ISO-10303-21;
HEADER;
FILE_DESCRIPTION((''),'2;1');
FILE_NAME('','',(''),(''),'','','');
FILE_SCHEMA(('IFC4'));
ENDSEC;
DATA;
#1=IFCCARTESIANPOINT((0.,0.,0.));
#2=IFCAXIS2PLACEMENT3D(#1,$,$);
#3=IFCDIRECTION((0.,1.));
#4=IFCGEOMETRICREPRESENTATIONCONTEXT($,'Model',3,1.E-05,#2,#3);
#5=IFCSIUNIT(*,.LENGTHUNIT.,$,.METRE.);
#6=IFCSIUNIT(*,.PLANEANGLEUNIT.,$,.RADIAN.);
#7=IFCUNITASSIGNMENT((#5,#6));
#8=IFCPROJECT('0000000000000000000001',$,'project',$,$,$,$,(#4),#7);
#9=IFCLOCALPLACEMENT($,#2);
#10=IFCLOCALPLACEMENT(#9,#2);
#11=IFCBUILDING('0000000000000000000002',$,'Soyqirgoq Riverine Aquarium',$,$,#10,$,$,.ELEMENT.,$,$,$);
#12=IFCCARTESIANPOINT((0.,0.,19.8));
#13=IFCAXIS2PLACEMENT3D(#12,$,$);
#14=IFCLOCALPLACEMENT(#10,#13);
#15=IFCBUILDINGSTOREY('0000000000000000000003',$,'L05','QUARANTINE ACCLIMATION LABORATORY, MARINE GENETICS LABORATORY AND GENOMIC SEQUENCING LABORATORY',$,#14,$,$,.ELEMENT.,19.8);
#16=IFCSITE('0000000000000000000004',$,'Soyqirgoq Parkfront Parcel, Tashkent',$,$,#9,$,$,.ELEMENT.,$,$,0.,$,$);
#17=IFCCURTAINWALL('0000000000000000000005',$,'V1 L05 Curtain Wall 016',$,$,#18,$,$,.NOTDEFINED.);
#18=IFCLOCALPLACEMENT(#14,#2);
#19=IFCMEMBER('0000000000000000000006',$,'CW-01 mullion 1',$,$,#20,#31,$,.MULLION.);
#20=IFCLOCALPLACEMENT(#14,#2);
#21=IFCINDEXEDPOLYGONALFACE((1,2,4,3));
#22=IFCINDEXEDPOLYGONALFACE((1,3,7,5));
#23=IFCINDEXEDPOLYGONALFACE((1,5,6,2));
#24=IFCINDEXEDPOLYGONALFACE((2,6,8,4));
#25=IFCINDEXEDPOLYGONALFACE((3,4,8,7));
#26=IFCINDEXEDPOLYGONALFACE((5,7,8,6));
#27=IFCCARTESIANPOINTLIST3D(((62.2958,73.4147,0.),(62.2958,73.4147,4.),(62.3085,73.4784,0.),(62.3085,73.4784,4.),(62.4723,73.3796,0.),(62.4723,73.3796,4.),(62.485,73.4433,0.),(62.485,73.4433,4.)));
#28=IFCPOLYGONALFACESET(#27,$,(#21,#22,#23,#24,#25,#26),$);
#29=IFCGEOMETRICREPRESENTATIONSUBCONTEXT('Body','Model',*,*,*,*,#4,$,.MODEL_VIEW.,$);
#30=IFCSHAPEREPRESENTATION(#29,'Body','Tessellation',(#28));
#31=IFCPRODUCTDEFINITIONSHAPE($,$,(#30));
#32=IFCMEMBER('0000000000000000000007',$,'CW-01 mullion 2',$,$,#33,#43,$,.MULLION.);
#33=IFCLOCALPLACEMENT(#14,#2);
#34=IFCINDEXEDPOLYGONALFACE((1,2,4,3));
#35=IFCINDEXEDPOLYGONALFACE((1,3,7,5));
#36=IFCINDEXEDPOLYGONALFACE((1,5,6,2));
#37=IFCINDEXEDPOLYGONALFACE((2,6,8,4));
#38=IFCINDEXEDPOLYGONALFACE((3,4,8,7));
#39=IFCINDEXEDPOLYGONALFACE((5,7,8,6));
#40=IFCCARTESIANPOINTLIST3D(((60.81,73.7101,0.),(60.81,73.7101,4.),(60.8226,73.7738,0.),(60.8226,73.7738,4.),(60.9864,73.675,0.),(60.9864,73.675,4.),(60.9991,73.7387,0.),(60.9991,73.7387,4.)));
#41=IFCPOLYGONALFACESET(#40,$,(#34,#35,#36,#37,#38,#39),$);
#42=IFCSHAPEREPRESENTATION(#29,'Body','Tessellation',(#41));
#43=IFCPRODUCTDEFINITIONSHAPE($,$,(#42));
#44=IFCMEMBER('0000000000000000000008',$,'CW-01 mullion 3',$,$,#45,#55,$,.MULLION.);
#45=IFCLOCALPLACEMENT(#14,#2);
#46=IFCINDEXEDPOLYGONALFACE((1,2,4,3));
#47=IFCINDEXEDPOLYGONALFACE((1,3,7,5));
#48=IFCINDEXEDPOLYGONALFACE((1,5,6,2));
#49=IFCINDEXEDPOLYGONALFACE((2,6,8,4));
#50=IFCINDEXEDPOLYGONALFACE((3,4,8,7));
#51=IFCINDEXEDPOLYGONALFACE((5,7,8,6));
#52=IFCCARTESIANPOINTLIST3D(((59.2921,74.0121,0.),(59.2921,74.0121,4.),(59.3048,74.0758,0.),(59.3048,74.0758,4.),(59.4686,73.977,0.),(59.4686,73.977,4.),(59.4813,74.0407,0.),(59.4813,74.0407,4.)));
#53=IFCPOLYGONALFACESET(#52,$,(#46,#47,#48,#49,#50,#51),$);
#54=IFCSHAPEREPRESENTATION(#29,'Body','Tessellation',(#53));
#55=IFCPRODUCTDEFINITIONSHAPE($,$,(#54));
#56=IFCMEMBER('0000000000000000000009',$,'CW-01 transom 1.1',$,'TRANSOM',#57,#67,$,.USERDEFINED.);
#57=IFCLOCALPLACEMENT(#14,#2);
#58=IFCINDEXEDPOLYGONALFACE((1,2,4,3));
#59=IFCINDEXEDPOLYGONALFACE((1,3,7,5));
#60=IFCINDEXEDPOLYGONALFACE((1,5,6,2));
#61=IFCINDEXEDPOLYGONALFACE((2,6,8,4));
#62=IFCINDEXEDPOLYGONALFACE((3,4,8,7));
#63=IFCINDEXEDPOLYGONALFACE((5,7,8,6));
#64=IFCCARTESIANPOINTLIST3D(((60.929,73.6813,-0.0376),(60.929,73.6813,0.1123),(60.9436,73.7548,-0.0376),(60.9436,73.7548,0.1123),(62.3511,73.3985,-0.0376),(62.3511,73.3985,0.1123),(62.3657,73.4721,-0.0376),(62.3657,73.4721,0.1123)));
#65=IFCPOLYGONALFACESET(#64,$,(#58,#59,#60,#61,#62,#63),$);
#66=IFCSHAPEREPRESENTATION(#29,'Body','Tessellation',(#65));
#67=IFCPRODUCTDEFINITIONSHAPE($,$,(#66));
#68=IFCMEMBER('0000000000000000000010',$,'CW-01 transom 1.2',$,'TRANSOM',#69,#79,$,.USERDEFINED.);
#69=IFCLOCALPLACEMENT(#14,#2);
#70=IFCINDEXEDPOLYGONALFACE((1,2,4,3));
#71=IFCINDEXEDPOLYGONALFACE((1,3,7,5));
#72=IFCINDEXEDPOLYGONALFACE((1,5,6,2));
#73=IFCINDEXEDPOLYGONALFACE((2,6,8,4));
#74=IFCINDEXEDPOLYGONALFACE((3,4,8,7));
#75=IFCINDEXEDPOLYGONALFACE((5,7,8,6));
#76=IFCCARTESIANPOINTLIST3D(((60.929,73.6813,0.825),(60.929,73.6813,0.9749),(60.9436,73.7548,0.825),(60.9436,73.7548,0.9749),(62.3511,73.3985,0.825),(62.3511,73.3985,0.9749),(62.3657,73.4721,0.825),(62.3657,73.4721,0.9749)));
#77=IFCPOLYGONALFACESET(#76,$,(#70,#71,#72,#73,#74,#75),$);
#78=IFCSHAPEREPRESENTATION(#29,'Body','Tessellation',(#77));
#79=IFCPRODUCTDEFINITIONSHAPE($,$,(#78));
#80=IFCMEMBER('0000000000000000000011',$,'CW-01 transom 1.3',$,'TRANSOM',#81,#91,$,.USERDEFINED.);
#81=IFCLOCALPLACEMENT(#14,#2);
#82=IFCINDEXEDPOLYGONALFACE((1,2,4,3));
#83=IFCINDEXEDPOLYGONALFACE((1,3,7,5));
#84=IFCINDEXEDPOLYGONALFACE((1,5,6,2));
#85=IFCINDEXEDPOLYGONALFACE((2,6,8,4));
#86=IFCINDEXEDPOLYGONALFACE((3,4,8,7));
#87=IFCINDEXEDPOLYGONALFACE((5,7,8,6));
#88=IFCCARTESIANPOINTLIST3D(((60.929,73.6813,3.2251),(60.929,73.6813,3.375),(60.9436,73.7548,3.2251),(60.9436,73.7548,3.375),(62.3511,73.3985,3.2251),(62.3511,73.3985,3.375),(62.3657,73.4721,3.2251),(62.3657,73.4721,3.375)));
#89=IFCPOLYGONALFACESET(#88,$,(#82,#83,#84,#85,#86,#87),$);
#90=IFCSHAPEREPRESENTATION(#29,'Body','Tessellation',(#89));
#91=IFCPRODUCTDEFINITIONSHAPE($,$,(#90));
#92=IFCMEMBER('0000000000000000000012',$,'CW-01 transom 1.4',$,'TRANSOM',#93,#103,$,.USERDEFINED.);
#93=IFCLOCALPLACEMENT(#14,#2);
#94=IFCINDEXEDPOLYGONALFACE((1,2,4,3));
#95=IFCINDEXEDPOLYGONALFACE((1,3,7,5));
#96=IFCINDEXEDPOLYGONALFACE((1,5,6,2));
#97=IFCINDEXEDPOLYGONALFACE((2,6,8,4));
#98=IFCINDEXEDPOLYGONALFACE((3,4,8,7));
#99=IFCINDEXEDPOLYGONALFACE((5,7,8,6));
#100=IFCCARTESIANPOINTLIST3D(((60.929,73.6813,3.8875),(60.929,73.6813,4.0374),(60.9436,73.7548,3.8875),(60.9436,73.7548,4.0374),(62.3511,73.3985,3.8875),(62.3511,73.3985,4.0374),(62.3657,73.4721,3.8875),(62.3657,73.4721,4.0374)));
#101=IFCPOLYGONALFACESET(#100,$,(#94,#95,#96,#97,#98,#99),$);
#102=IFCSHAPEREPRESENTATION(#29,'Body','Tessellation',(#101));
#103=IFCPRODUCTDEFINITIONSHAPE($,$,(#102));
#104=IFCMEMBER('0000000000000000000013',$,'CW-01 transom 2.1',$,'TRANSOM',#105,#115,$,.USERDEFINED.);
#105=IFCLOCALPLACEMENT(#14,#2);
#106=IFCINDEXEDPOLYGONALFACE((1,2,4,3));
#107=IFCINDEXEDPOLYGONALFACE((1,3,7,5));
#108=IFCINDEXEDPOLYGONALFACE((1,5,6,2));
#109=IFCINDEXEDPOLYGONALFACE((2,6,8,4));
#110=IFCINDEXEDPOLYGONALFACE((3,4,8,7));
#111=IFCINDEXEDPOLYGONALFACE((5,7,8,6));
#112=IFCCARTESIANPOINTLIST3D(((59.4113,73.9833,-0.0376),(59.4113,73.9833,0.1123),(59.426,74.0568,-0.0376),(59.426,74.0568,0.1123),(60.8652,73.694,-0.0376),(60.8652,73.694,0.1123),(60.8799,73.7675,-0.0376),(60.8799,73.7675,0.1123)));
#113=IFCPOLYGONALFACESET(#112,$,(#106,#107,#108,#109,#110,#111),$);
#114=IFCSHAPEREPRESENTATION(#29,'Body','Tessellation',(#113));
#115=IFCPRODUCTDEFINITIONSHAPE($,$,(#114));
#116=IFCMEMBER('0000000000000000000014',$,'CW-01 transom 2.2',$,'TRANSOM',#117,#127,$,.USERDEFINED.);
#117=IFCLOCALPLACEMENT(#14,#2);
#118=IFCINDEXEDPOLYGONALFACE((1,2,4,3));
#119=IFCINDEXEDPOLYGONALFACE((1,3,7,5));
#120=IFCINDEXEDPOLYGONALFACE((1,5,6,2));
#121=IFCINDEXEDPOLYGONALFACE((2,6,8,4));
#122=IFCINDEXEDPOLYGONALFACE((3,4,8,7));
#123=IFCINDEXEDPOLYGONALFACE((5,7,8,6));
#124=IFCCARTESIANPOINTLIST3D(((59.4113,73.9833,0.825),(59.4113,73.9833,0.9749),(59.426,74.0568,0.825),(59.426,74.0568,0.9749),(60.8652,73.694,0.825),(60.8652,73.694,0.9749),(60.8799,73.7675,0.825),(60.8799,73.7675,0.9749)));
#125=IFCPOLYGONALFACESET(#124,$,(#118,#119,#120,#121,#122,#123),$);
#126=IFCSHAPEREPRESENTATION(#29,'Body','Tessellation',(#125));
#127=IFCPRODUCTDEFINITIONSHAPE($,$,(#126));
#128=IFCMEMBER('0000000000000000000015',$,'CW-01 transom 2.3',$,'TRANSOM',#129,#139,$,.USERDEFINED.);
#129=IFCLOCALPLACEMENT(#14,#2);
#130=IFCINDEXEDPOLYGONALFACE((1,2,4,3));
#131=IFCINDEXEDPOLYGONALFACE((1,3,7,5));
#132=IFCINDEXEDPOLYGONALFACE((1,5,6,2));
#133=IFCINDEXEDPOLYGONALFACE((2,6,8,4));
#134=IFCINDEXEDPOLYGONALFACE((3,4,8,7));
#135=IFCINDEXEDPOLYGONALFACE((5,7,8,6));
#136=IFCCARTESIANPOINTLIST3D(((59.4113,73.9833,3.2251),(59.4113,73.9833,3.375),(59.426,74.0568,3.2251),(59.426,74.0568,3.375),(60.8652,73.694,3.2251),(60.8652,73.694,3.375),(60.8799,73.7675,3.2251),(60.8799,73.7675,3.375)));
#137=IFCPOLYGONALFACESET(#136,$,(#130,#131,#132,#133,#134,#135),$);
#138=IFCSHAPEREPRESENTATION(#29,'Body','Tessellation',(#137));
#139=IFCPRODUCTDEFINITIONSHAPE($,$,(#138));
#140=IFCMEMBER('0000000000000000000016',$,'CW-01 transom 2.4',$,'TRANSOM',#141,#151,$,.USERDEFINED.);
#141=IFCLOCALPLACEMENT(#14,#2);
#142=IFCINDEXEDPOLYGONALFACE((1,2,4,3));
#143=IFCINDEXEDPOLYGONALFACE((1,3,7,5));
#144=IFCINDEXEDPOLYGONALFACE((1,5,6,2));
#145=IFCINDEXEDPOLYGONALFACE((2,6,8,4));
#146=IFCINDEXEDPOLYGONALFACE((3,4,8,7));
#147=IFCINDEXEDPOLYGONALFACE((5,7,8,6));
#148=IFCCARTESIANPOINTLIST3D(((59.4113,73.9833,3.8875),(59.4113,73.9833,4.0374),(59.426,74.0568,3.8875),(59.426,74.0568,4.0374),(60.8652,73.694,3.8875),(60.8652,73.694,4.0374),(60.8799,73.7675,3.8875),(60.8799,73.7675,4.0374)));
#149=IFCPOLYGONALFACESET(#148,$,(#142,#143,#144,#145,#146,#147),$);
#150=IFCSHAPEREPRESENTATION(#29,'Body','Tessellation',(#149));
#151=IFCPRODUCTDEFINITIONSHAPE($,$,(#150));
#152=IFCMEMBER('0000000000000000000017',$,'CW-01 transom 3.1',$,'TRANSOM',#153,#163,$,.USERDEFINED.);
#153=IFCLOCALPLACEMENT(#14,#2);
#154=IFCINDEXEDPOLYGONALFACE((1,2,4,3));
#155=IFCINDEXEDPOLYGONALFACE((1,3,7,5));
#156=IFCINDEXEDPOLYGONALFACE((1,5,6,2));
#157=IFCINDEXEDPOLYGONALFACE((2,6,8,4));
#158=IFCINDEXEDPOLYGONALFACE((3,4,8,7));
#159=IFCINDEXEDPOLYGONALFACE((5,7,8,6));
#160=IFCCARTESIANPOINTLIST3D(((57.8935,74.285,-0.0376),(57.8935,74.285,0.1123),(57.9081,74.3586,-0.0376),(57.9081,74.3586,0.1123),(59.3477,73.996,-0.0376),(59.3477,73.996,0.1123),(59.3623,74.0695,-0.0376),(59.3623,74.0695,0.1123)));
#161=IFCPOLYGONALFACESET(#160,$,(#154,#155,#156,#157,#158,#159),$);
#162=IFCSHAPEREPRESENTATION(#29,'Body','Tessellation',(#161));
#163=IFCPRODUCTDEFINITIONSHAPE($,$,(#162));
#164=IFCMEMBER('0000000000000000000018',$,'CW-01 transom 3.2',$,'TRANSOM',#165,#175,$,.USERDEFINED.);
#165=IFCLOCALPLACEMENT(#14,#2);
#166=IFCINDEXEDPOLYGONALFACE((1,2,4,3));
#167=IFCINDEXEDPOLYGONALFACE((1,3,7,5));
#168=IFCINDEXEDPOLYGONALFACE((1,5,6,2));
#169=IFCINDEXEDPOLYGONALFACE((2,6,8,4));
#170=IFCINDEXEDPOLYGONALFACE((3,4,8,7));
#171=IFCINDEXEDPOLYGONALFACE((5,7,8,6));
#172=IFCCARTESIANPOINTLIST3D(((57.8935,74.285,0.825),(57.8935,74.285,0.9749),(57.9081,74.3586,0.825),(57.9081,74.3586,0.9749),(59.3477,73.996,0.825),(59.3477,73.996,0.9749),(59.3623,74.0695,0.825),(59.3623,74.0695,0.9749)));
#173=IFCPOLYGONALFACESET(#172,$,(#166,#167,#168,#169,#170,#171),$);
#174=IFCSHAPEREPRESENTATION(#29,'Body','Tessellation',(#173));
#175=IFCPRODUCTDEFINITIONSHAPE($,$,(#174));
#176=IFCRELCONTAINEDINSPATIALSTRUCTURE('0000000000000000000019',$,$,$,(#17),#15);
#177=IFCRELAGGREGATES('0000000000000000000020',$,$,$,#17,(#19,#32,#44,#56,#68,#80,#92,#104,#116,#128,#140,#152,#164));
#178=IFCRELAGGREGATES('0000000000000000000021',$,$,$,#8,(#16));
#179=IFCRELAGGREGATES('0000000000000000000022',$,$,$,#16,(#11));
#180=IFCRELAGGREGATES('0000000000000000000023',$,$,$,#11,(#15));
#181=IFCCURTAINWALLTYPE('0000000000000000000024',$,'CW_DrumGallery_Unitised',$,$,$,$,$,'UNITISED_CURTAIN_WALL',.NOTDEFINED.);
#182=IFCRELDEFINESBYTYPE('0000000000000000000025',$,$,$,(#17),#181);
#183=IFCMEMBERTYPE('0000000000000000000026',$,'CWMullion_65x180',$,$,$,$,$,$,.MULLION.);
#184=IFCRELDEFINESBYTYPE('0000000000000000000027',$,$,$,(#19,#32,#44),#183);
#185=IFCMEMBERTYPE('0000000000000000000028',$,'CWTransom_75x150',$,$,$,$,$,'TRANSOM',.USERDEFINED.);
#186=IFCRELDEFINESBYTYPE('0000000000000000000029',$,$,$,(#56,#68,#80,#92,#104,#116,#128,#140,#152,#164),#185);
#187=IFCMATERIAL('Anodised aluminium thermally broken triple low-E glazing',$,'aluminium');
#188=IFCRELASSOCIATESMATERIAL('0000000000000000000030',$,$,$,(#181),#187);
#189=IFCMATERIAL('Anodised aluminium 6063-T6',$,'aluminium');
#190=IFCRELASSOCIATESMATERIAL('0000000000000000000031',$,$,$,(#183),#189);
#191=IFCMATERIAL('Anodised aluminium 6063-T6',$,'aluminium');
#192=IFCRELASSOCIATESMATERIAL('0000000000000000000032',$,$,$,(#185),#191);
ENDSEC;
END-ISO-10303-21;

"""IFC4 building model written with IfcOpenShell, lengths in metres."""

from ifc_helpers import new_model, si_unit, direction, frame, origin, origin_2d, place, context, subcontext, project, spatial, rectangle, extrude, material, material_profile, profile_set, type_object, element, aggregate, save


model = new_model("IFC4")

# Units and contexts
model_context = context("Model", 3, precision=1e-05, world=origin(), true_north=direction((0.0, 1.0)))
body_context = subcontext(model_context, "Body", "Model", "MODEL_VIEW")
ifc_project = project(units=[si_unit("LENGTHUNIT", "METRE"), si_unit("PLANEANGLEUNIT", "RADIAN")], contexts=[model_context])

# Site, building, storey
site_placement = place(None, origin())
site = spatial("IfcSite", under=ifc_project, at=site_placement, Name="Soyqirgoq Parkfront Parcel, Tashkent", CompositionType="ELEMENT", RefElevation=0.0)
building_placement = place(site_placement, origin())
building = spatial("IfcBuilding", under=site, at=building_placement, Name="Soyqirgoq Riverine Aquarium", CompositionType="ELEMENT")
storey_placement = place(building_placement, frame((0.0, 0.0, 19.8)))
storey = spatial("IfcBuildingStorey", under=building, at=storey_placement, Name="L05", Description="QUARANTINE ACCLIMATION LABORATORY, MARINE GENETICS LABORATORY AND GENOMIC SEQUENCING LABORATORY", CompositionType="ELEMENT", Elevation=19.8)

# Curtain wall, members
ifc_material_1 = material(Name="Anodised aluminium thermally broken triple low-E glazing", Category="aluminium")
curtain_wall_type = type_object("IfcCurtainWallType", Name="CW_DrumGallery_Unitised", ElementType="UNITISED_CURTAIN_WALL", PredefinedType="NOTDEFINED", material=ifc_material_1)
curtain_wall_placement = place(storey_placement, origin())
curtain_wall = element("IfcCurtainWall", 1, at=curtain_wall_placement, inside=storey, type_object=curtain_wall_type, Name="V1 L05 Curtain Wall 016", PredefinedType="NOTDEFINED")
ifc_material_2 = material(Name="Anodised aluminium 6063-T6", Category="aluminium")
ifc_material_profile_1 = material_profile(ifc_material_2, rectangle(XDim=0.0649, YDim=0.1799, at=origin_2d()), Name="ALU-M 65x180")
ifc_profile_set_1 = profile_set([ifc_material_profile_1], Name="Anodised aluminium 6063-T6")
member_type_1 = type_object("IfcMemberType", Name="CWMullion_65x180", PredefinedType="MULLION", material=ifc_profile_set_1)
member_1_placement = place(storey_placement, frame((62.3904, 73.429, 0.0), z_axis=(0.0, 0.0, 1.0), x_axis=(-0.195078, -0.980788, 0.0)))
member_1 = element("IfcMember", 2, at=member_1_placement, type_object=member_type_1, Name="CW-01 mullion 1", PredefinedType="MULLION", context=body_context, shape_type="SweptSolid", body=[
    extrude(rectangle(XDim=0.0649, YDim=0.1799, at=origin_2d()), origin(), (0.0, 0.0, 1.0), 4.0),
])
member_2_placement = place(storey_placement, frame((60.9045, 73.7244, 0.0), z_axis=(0.0, 0.0, 1.0), x_axis=(-0.195078, -0.980788, 0.0)))
member_2 = element("IfcMember", 3, at=member_2_placement, type_object=member_type_1, Name="CW-01 mullion 2", PredefinedType="MULLION", context=body_context, shape_type="SweptSolid", body=[
    extrude(rectangle(XDim=0.0649, YDim=0.1799, at=origin_2d()), origin(), (0.0, 0.0, 1.0), 4.0),
])
member_3_placement = place(storey_placement, frame((59.3867, 74.0264, 0.0), z_axis=(0.0, 0.0, 1.0), x_axis=(-0.195078, -0.980788, 0.0)))
member_3 = element("IfcMember", 4, at=member_3_placement, type_object=member_type_1, Name="CW-01 mullion 3", PredefinedType="MULLION", context=body_context, shape_type="SweptSolid", body=[
    extrude(rectangle(XDim=0.0649, YDim=0.1799, at=origin_2d()), origin(), (0.0, 0.0, 1.0), 4.0),
])
ifc_material_3 = material(Name="Anodised aluminium 6063-T6", Category="aluminium")
ifc_material_profile_2 = material_profile(ifc_material_3, rectangle(XDim=0.075, YDim=0.1499, at=origin_2d()), Name="ALU-T 75x150")
ifc_profile_set_2 = profile_set([ifc_material_profile_2], Name="Anodised aluminium 6063-T6")
member_type_2 = type_object("IfcMemberType", Name="CWTransom_75x150", ElementType="TRANSOM", PredefinedType="USERDEFINED", material=ifc_profile_set_2)
member_4_placement = place(storey_placement, frame((62.3584, 73.4353, 0.0374), z_axis=(-0.980807, 0.194983, 0.0), x_axis=(-0.194983, -0.980807, 0.0)))
member_4 = element("IfcMember", 5, at=member_4_placement, type_object=member_type_2, Name="CW-01 transom 1.1", ObjectType="TRANSOM", PredefinedType="USERDEFINED", context=body_context, shape_type="SweptSolid", body=[
    extrude(rectangle(XDim=0.075, YDim=0.1499, at=origin_2d()), origin(), (0.0, 0.0, 1.0), 1.45),
])
member_5_placement = place(storey_placement, frame((62.3584, 73.4353, 0.8999), z_axis=(-0.980807, 0.194983, 0.0), x_axis=(-0.194983, -0.980807, 0.0)))
member_5 = element("IfcMember", 6, at=member_5_placement, type_object=member_type_2, Name="CW-01 transom 1.2", ObjectType="TRANSOM", PredefinedType="USERDEFINED", context=body_context, shape_type="SweptSolid", body=[
    extrude(rectangle(XDim=0.075, YDim=0.1499, at=origin_2d()), origin(), (0.0, 0.0, 1.0), 1.45),
])
member_6_placement = place(storey_placement, frame((62.3584, 73.4353, 3.3), z_axis=(-0.980807, 0.194983, 0.0), x_axis=(-0.194983, -0.980807, 0.0)))
member_6 = element("IfcMember", 7, at=member_6_placement, type_object=member_type_2, Name="CW-01 transom 1.3", ObjectType="TRANSOM", PredefinedType="USERDEFINED", context=body_context, shape_type="SweptSolid", body=[
    extrude(rectangle(XDim=0.075, YDim=0.1499, at=origin_2d()), origin(), (0.0, 0.0, 1.0), 1.45),
])
member_7_placement = place(storey_placement, frame((62.3584, 73.4353, 3.9624), z_axis=(-0.980807, 0.194983, 0.0), x_axis=(-0.194983, -0.980807, 0.0)))
member_7 = element("IfcMember", 8, at=member_7_placement, type_object=member_type_2, Name="CW-01 transom 1.4", ObjectType="TRANSOM", PredefinedType="USERDEFINED", context=body_context, shape_type="SweptSolid", body=[
    extrude(rectangle(XDim=0.075, YDim=0.1499, at=origin_2d()), origin(), (0.0, 0.0, 1.0), 1.45),
])
member_8_placement = place(storey_placement, frame((60.8726, 73.7307, 0.0374), z_axis=(-0.98077, 0.195166, 0.0), x_axis=(-0.195166, -0.98077, 0.0)))
member_8 = element("IfcMember", 9, at=member_8_placement, type_object=member_type_2, Name="CW-01 transom 2.1", ObjectType="TRANSOM", PredefinedType="USERDEFINED", context=body_context, shape_type="SweptSolid", body=[
    extrude(rectangle(XDim=0.075, YDim=0.1499, at=origin_2d()), origin(), (0.0, 0.0, 1.0), 1.4824),
])
member_9_placement = place(storey_placement, frame((60.8726, 73.7307, 0.8999), z_axis=(-0.98077, 0.195166, 0.0), x_axis=(-0.195166, -0.98077, 0.0)))
member_9 = element("IfcMember", 10, at=member_9_placement, type_object=member_type_2, Name="CW-01 transom 2.2", ObjectType="TRANSOM", PredefinedType="USERDEFINED", context=body_context, shape_type="SweptSolid", body=[
    extrude(rectangle(XDim=0.075, YDim=0.1499, at=origin_2d()), origin(), (0.0, 0.0, 1.0), 1.4824),
])
member_10_placement = place(storey_placement, frame((60.8726, 73.7307, 3.3), z_axis=(-0.98077, 0.195166, 0.0), x_axis=(-0.195166, -0.98077, 0.0)))
member_10 = element("IfcMember", 11, at=member_10_placement, type_object=member_type_2, Name="CW-01 transom 2.3", ObjectType="TRANSOM", PredefinedType="USERDEFINED", context=body_context, shape_type="SweptSolid", body=[
    extrude(rectangle(XDim=0.075, YDim=0.1499, at=origin_2d()), origin(), (0.0, 0.0, 1.0), 1.4824),
])
member_11_placement = place(storey_placement, frame((60.8726, 73.7307, 3.9624), z_axis=(-0.98077, 0.195166, 0.0), x_axis=(-0.195166, -0.98077, 0.0)))
member_11 = element("IfcMember", 12, at=member_11_placement, type_object=member_type_2, Name="CW-01 transom 2.4", ObjectType="TRANSOM", PredefinedType="USERDEFINED", context=body_context, shape_type="SweptSolid", body=[
    extrude(rectangle(XDim=0.075, YDim=0.1499, at=origin_2d()), origin(), (0.0, 0.0, 1.0), 1.4824),
])
member_12_placement = place(storey_placement, frame((59.355, 74.0327, 0.0374), z_axis=(-0.980808, 0.194976, 0.0), x_axis=(-0.194976, -0.980808, 0.0)))
member_12 = element("IfcMember", 13, at=member_12_placement, type_object=member_type_2, Name="CW-01 transom 3.1", ObjectType="TRANSOM", PredefinedType="USERDEFINED", context=body_context, shape_type="SweptSolid", body=[
    extrude(rectangle(XDim=0.075, YDim=0.1499, at=origin_2d()), origin(), (0.0, 0.0, 1.0), 1.4827),
])
member_13_placement = place(storey_placement, frame((59.355, 74.0327, 0.8999), z_axis=(-0.980808, 0.194976, 0.0), x_axis=(-0.194976, -0.980808, 0.0)))
member_13 = element("IfcMember", 14, at=member_13_placement, type_object=member_type_2, Name="CW-01 transom 3.2", ObjectType="TRANSOM", PredefinedType="USERDEFINED", context=body_context, shape_type="SweptSolid", body=[
    extrude(rectangle(XDim=0.075, YDim=0.1499, at=origin_2d()), origin(), (0.0, 0.0, 1.0), 1.4827),
])

aggregate(curtain_wall, [member_1, member_2, member_3, member_4, member_5, member_6, member_7, member_8, member_9, member_10, member_11, member_12, member_13])

save(model, "model.ifc")
